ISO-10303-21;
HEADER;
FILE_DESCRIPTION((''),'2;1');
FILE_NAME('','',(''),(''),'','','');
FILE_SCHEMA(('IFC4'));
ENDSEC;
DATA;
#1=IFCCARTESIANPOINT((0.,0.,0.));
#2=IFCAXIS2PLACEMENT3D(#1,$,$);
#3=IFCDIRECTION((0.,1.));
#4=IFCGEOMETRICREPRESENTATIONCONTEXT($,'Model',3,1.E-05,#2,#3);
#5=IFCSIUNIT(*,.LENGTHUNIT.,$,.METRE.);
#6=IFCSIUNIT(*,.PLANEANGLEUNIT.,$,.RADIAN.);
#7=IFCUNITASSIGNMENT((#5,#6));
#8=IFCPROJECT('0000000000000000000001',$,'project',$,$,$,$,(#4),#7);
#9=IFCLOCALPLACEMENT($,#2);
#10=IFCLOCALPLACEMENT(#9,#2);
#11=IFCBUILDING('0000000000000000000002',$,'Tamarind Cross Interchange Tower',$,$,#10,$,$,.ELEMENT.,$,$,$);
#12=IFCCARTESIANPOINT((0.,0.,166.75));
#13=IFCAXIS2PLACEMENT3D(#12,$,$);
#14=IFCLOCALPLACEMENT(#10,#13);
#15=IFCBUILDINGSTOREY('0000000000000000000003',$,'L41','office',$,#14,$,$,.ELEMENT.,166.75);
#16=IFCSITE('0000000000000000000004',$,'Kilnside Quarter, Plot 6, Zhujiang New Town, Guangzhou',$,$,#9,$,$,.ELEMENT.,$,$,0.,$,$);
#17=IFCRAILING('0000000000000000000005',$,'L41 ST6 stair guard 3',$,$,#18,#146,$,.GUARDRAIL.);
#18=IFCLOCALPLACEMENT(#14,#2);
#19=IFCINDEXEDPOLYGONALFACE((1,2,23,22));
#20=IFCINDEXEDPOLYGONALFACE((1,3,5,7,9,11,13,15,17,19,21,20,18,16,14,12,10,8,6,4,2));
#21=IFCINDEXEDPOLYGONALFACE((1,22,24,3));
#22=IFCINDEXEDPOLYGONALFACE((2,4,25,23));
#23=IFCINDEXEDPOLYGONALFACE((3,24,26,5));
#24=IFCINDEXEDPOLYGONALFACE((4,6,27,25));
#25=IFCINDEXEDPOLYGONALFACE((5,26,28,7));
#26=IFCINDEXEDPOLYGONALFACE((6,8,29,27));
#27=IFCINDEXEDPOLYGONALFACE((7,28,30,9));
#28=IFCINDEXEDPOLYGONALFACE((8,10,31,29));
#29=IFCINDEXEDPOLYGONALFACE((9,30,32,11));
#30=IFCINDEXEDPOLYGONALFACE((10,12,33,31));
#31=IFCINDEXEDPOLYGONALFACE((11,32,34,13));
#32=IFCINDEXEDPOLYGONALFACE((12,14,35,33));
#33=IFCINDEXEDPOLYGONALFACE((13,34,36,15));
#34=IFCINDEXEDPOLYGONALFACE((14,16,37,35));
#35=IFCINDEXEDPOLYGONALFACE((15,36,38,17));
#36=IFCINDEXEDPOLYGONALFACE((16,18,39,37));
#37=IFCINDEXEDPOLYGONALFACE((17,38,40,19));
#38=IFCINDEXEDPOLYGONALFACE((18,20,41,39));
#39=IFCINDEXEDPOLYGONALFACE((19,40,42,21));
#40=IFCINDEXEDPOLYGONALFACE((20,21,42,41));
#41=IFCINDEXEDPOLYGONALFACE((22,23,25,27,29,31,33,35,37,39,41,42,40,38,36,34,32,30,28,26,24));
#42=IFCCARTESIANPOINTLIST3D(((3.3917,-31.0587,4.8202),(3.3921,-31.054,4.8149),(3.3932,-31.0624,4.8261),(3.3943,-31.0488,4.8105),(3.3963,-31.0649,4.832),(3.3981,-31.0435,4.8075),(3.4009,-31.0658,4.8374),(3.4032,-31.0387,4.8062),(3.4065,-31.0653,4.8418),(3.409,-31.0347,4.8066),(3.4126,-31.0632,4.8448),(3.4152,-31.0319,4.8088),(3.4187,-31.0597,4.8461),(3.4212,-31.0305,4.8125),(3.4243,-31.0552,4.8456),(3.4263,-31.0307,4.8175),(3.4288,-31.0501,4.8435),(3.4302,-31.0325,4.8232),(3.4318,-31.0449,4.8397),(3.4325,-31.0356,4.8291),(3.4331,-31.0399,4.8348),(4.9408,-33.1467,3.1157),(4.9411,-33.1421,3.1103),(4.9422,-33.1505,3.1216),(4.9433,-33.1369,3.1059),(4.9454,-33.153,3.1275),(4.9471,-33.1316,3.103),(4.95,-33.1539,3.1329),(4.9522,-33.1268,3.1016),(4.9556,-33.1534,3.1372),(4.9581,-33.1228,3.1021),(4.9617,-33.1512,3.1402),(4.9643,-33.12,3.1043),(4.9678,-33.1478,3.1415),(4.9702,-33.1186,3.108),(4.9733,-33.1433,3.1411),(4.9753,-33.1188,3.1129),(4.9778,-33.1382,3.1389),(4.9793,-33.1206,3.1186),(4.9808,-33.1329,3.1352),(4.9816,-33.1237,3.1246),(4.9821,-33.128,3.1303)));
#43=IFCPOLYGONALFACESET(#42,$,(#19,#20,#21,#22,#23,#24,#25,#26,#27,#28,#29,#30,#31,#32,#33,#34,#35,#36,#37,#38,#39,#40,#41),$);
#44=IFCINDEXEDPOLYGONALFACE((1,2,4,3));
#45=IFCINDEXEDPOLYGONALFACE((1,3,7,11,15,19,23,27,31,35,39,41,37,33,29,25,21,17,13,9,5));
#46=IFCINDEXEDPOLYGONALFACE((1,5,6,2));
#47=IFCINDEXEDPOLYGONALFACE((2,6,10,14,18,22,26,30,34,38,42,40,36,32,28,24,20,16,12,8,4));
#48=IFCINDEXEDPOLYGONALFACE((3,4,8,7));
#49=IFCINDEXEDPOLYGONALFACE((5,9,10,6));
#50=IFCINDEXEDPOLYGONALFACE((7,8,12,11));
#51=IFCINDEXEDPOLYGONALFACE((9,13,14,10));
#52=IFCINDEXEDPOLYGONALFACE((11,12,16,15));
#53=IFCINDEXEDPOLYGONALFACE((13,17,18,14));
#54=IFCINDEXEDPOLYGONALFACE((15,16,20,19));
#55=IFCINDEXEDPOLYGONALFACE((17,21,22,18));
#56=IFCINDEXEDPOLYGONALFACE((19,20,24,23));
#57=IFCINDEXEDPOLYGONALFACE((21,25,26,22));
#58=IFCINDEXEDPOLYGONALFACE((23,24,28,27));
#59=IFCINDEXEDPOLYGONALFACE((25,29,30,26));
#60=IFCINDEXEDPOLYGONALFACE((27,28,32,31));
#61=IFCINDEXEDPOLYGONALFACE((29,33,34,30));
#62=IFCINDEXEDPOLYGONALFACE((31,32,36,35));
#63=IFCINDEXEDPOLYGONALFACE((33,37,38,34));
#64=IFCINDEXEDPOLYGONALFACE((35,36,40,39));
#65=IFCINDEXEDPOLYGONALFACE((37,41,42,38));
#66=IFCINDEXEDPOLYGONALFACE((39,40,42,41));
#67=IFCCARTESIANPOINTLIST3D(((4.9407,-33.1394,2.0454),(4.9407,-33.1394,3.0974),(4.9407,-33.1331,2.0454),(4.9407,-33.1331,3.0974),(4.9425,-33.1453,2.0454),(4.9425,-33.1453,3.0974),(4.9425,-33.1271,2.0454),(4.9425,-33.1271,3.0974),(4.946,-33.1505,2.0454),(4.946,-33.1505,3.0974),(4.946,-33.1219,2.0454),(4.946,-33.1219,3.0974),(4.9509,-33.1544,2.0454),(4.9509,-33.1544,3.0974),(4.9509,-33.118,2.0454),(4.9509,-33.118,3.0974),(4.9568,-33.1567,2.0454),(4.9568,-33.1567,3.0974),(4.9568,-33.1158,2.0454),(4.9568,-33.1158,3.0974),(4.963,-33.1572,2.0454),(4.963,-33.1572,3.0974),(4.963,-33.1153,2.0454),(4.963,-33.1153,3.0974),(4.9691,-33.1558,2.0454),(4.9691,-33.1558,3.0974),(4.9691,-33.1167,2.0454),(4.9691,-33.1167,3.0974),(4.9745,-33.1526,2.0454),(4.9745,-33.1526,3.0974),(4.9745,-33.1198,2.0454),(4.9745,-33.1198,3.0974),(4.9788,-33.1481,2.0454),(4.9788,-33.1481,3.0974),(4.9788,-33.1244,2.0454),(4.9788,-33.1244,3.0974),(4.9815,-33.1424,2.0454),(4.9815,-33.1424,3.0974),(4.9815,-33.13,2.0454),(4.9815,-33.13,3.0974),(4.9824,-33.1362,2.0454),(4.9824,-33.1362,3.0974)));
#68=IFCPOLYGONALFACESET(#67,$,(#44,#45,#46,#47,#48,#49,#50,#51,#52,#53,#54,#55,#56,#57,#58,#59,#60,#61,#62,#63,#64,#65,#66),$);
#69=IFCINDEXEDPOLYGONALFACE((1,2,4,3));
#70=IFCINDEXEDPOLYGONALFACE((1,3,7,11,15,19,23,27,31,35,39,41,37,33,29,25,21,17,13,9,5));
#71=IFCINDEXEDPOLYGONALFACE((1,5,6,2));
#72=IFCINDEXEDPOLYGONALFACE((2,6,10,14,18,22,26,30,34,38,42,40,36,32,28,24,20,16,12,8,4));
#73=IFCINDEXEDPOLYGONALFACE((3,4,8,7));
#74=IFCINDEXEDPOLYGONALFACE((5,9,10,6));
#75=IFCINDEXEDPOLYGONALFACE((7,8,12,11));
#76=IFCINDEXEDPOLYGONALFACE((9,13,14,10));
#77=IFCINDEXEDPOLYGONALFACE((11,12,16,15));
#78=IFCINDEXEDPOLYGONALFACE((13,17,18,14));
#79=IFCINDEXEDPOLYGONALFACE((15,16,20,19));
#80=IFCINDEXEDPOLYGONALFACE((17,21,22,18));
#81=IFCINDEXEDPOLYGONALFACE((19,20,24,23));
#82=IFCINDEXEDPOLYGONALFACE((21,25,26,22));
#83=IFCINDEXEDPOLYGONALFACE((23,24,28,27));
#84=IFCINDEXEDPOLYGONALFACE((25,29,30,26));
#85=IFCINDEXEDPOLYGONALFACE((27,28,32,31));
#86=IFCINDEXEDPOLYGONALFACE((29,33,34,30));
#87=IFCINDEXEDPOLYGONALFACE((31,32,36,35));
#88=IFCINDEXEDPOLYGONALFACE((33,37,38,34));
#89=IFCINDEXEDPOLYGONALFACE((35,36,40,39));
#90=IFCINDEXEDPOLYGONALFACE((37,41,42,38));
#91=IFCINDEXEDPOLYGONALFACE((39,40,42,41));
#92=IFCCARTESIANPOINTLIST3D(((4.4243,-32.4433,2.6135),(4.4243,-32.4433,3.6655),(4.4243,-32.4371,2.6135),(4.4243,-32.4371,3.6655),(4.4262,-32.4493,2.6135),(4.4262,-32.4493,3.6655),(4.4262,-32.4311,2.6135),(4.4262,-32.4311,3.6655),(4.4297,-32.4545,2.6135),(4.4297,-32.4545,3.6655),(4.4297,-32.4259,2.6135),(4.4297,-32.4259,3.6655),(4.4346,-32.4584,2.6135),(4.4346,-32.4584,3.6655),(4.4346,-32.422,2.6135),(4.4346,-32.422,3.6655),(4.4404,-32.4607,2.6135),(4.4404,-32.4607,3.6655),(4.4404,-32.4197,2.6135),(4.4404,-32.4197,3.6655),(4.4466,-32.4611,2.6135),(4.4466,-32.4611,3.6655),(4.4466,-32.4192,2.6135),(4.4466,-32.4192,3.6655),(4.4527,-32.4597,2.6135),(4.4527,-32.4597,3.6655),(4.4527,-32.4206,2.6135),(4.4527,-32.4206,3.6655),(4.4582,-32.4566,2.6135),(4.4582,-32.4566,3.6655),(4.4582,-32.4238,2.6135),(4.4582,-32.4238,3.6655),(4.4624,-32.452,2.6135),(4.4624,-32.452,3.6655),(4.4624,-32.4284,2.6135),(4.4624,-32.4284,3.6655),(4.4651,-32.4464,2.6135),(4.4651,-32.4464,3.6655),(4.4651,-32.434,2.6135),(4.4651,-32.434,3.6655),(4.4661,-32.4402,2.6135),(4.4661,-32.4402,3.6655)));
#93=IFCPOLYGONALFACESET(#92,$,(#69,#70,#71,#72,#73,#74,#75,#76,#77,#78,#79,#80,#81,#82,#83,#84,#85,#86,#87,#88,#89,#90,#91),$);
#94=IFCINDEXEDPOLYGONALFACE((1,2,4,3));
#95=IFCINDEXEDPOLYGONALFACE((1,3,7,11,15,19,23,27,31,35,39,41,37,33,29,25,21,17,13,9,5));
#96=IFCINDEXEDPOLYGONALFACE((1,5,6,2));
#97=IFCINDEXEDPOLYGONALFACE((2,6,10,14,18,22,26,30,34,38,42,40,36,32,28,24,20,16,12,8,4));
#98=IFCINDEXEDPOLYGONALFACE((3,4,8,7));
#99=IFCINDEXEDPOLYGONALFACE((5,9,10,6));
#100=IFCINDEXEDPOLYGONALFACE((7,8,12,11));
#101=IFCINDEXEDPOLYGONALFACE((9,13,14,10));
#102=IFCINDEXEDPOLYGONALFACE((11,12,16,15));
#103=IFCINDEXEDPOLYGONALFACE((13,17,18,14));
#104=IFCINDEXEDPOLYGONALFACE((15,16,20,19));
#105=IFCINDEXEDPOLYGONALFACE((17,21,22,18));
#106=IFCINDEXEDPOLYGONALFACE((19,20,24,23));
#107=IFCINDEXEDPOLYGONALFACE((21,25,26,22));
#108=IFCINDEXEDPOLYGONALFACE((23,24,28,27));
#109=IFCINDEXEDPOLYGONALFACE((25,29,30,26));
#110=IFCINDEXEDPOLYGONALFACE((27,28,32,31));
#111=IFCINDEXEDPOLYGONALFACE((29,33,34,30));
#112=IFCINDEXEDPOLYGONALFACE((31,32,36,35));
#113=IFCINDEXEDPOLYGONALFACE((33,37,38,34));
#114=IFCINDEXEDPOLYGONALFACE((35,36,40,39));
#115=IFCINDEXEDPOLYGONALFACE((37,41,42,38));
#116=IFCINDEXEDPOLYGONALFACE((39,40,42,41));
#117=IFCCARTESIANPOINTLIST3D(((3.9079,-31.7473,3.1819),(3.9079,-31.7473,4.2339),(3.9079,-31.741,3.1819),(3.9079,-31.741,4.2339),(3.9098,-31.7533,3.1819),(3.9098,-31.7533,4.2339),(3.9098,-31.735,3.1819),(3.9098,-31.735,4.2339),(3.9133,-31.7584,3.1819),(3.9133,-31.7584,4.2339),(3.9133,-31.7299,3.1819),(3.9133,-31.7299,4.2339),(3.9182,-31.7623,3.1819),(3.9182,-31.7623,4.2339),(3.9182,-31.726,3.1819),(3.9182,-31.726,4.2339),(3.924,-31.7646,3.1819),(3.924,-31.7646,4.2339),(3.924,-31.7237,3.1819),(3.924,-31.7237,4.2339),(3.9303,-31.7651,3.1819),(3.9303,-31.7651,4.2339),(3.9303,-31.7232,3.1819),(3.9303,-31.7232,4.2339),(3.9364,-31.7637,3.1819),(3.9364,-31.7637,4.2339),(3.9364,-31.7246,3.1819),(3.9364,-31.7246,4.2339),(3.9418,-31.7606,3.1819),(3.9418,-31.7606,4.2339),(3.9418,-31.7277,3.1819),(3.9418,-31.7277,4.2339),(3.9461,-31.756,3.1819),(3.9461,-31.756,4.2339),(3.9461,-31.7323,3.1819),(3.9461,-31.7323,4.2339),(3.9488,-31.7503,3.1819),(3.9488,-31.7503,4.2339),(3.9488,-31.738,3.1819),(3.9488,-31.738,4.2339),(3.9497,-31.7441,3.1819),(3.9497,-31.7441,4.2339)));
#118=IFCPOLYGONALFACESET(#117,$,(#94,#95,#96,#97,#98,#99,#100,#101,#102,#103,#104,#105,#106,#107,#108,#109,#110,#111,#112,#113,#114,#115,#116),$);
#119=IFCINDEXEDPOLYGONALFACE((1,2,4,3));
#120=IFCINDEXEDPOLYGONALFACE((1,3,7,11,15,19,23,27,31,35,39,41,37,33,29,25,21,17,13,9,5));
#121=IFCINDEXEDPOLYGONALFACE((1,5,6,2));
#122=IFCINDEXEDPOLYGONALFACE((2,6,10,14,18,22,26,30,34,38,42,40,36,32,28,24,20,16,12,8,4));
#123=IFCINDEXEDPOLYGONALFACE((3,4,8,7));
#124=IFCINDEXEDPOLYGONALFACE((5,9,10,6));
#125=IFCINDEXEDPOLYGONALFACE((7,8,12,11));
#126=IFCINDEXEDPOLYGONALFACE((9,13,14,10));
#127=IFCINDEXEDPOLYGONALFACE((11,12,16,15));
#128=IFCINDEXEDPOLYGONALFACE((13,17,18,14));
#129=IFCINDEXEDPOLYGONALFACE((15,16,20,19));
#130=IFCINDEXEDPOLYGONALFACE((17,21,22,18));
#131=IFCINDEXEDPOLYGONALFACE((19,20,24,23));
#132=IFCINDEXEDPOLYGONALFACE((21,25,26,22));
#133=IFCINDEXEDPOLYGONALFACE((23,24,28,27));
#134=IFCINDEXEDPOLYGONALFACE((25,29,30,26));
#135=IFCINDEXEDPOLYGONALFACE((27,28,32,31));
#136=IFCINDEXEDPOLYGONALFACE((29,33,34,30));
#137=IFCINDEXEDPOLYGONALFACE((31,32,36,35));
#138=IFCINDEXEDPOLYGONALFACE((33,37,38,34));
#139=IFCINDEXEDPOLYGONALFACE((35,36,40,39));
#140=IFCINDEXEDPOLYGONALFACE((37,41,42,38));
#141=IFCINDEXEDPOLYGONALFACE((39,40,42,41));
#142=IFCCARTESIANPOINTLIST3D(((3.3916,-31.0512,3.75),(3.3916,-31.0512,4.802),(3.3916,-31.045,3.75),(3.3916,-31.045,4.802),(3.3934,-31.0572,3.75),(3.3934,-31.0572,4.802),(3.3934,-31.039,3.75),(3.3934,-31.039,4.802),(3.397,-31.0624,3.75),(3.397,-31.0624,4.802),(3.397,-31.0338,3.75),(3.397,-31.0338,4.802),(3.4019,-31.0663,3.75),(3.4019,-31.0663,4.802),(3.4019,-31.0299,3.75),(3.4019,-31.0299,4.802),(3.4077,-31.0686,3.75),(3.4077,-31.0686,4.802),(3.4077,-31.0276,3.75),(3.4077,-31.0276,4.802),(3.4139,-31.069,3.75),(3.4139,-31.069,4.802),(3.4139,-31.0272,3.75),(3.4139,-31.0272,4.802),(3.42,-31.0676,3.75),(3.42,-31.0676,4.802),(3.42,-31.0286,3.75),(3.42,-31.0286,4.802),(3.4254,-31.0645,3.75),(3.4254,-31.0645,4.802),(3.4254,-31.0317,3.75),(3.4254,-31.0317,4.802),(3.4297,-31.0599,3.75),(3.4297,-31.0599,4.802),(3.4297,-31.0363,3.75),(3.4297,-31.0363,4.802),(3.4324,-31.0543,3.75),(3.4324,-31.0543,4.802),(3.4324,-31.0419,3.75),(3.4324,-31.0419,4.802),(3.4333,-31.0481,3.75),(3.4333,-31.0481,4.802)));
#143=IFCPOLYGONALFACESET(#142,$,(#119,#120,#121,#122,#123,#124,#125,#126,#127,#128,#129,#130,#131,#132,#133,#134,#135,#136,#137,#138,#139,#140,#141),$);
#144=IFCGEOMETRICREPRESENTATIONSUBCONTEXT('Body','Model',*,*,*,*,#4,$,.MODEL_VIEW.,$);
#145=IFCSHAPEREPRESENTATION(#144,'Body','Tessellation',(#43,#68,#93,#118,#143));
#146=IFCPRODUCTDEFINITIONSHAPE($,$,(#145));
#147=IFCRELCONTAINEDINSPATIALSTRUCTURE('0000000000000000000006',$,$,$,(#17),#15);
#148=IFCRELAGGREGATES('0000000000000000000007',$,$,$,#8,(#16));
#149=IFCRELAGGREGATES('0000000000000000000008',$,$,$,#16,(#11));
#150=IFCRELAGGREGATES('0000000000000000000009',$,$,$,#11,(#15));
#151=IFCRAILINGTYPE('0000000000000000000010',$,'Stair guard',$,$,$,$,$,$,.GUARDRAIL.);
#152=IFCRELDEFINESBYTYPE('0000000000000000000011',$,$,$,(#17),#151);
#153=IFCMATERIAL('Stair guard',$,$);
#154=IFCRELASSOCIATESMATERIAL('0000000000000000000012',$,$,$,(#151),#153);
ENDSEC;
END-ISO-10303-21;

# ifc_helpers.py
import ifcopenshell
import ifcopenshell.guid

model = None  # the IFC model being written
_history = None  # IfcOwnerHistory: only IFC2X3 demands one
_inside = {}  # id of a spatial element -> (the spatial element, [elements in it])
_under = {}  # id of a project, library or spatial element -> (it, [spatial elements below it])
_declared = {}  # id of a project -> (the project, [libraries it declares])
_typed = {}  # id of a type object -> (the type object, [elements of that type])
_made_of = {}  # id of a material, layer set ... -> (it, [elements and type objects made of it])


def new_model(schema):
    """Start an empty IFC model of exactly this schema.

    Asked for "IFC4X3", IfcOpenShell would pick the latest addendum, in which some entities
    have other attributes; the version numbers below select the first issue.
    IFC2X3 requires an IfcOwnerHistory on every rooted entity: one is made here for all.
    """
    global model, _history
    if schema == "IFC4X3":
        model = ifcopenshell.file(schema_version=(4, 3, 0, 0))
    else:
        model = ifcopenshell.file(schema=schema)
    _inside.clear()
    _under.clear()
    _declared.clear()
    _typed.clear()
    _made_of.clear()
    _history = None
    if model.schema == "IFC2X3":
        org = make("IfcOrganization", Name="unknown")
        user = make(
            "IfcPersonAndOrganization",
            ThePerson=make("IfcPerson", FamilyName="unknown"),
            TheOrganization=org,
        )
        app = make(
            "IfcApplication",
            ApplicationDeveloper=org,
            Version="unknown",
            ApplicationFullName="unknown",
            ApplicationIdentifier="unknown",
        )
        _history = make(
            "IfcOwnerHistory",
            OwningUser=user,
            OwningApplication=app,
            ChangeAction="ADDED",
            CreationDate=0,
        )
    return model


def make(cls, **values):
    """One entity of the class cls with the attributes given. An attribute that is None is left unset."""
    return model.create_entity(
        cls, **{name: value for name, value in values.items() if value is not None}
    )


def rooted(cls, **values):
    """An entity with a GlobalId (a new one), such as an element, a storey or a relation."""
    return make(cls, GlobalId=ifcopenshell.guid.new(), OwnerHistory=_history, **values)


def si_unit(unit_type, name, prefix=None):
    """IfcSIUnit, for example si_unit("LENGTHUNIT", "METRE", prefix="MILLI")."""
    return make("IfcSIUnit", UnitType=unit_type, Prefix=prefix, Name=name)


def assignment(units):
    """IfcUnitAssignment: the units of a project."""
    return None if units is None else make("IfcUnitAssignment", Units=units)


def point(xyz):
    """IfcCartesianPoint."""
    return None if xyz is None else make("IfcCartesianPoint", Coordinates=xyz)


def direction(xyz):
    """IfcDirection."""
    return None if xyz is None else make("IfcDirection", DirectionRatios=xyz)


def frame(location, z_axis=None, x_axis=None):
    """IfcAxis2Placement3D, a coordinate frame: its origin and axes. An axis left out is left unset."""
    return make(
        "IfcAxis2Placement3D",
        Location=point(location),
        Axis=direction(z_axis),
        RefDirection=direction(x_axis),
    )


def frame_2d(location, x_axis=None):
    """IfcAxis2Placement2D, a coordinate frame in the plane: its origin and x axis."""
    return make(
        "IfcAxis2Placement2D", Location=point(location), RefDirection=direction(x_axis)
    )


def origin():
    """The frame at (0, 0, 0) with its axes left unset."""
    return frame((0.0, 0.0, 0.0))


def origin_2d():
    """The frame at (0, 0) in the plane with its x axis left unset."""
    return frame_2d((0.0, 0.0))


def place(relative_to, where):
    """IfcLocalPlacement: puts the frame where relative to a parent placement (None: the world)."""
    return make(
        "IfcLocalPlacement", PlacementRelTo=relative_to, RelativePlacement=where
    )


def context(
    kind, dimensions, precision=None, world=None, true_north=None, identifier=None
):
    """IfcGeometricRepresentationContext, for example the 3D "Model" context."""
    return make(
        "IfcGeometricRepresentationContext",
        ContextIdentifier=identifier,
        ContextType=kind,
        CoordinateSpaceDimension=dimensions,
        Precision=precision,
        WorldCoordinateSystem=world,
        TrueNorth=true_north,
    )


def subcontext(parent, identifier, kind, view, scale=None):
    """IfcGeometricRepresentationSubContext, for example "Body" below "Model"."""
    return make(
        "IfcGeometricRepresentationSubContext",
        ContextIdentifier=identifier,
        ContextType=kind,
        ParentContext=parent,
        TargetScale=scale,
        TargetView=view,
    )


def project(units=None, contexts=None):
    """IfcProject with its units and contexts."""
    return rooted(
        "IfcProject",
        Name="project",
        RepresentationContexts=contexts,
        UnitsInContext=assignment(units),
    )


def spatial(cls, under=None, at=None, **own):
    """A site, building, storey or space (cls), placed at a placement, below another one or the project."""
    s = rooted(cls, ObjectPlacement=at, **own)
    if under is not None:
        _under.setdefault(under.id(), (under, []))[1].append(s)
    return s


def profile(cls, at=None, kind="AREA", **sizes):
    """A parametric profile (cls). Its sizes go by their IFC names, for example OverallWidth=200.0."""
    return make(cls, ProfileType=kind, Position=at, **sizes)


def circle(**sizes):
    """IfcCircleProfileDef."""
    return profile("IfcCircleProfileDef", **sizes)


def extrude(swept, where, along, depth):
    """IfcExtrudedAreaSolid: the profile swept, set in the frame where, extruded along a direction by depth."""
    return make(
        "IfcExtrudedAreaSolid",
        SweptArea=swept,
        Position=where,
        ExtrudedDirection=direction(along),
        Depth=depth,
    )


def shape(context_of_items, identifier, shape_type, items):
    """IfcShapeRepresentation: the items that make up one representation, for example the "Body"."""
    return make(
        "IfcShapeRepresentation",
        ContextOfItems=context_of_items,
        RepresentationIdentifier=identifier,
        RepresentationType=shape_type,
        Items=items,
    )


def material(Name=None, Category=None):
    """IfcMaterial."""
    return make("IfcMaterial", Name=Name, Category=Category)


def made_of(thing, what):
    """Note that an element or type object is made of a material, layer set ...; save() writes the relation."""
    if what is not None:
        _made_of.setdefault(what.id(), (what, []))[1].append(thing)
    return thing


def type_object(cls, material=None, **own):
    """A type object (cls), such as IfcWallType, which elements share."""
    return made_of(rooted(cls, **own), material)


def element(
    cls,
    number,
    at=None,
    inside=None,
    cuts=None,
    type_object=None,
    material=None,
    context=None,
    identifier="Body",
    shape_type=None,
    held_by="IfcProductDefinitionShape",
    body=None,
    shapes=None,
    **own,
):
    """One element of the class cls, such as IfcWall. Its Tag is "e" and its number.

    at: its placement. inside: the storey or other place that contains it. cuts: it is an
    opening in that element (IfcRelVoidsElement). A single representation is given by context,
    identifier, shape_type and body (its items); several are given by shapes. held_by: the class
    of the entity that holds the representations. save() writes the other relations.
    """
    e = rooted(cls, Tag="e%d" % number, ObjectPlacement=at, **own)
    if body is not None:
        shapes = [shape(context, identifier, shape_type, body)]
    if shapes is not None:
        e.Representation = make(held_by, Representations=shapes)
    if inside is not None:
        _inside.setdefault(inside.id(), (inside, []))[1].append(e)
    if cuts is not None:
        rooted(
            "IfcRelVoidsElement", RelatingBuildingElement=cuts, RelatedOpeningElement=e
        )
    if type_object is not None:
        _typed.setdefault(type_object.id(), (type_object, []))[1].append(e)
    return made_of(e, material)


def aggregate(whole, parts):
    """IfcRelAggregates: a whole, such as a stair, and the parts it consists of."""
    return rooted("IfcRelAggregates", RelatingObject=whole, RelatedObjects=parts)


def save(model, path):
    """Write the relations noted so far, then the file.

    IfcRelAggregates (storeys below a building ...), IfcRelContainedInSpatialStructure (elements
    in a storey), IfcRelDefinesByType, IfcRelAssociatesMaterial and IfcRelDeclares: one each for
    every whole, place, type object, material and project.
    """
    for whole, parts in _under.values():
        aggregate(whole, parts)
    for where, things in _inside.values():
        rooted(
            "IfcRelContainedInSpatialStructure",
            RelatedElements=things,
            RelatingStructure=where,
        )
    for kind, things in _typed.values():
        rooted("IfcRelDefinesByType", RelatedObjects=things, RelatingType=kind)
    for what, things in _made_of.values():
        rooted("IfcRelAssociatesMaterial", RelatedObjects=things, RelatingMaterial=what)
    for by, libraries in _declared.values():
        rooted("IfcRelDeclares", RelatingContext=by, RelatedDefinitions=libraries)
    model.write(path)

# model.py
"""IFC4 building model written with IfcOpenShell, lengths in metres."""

from ifc_helpers import new_model, si_unit, direction, frame, origin, origin_2d, place, context, subcontext, project, spatial, circle, extrude, material, type_object, element, save


model = new_model("IFC4")

# Units and contexts
model_context = context("Model", 3, precision=1e-05, world=origin(), true_north=direction((0.0, 1.0)))
body_context = subcontext(model_context, "Body", "Model", "MODEL_VIEW")
ifc_project = project(units=[si_unit("LENGTHUNIT", "METRE"), si_unit("PLANEANGLEUNIT", "RADIAN")], contexts=[model_context])

# Site, building, storey
site_placement = place(None, origin())
site = spatial("IfcSite", under=ifc_project, at=site_placement, Name="Kilnside Quarter, Plot 6, Zhujiang New Town, Guangzhou", CompositionType="ELEMENT", RefElevation=0.0)
building_placement = place(site_placement, origin())
building = spatial("IfcBuilding", under=site, at=building_placement, Name="Tamarind Cross Interchange Tower", CompositionType="ELEMENT")
storey_placement = place(building_placement, frame((0.0, 0.0, 166.75)))
storey = spatial("IfcBuildingStorey", under=building, at=storey_placement, Name="L41", Description="office", CompositionType="ELEMENT", Elevation=166.75)

# Railing
ifc_material_1 = material(Name="Stair guard")
railing_type_1 = type_object("IfcRailingType", Name="Stair guard", PredefinedType="GUARDRAIL", material=ifc_material_1)
railing_1_placement = place(storey_placement, frame((4.9614, -33.1362, 2.0454)))
element("IfcRailing", 1, at=railing_1_placement, inside=storey, type_object=railing_type_1, Name="L41 ST6 stair guard 3", PredefinedType="GUARDRAIL", context=body_context, shape_type="SweptSolid", body=[
    extrude(circle(Radius=0.0239, at=origin_2d()), frame((0.0, 0.0, 1.0762), z_axis=(-0.498263, 0.671653, 0.548285), x_axis=(-0.803133, -0.5958, 0.0)), (0.0, 0.0, 1.0), 3.1089),
    extrude(circle(Radius=0.021, at=origin_2d()), origin(), (0.0, 0.0, 1.0), 1.052),
    extrude(circle(Radius=0.021, at=origin_2d()), frame((-0.5164, 0.696, 0.5681)), (0.0, 0.0, 1.0), 1.052),
    extrude(circle(Radius=0.021, at=origin_2d()), frame((-1.0327, 1.3921, 1.1365)), (0.0, 0.0, 1.0), 1.052),
    extrude(circle(Radius=0.021, at=origin_2d()), frame((-1.5491, 2.0881, 1.7046)), (0.0, 0.0, 1.0), 1.052),
])

save(model, "model.ifc")
